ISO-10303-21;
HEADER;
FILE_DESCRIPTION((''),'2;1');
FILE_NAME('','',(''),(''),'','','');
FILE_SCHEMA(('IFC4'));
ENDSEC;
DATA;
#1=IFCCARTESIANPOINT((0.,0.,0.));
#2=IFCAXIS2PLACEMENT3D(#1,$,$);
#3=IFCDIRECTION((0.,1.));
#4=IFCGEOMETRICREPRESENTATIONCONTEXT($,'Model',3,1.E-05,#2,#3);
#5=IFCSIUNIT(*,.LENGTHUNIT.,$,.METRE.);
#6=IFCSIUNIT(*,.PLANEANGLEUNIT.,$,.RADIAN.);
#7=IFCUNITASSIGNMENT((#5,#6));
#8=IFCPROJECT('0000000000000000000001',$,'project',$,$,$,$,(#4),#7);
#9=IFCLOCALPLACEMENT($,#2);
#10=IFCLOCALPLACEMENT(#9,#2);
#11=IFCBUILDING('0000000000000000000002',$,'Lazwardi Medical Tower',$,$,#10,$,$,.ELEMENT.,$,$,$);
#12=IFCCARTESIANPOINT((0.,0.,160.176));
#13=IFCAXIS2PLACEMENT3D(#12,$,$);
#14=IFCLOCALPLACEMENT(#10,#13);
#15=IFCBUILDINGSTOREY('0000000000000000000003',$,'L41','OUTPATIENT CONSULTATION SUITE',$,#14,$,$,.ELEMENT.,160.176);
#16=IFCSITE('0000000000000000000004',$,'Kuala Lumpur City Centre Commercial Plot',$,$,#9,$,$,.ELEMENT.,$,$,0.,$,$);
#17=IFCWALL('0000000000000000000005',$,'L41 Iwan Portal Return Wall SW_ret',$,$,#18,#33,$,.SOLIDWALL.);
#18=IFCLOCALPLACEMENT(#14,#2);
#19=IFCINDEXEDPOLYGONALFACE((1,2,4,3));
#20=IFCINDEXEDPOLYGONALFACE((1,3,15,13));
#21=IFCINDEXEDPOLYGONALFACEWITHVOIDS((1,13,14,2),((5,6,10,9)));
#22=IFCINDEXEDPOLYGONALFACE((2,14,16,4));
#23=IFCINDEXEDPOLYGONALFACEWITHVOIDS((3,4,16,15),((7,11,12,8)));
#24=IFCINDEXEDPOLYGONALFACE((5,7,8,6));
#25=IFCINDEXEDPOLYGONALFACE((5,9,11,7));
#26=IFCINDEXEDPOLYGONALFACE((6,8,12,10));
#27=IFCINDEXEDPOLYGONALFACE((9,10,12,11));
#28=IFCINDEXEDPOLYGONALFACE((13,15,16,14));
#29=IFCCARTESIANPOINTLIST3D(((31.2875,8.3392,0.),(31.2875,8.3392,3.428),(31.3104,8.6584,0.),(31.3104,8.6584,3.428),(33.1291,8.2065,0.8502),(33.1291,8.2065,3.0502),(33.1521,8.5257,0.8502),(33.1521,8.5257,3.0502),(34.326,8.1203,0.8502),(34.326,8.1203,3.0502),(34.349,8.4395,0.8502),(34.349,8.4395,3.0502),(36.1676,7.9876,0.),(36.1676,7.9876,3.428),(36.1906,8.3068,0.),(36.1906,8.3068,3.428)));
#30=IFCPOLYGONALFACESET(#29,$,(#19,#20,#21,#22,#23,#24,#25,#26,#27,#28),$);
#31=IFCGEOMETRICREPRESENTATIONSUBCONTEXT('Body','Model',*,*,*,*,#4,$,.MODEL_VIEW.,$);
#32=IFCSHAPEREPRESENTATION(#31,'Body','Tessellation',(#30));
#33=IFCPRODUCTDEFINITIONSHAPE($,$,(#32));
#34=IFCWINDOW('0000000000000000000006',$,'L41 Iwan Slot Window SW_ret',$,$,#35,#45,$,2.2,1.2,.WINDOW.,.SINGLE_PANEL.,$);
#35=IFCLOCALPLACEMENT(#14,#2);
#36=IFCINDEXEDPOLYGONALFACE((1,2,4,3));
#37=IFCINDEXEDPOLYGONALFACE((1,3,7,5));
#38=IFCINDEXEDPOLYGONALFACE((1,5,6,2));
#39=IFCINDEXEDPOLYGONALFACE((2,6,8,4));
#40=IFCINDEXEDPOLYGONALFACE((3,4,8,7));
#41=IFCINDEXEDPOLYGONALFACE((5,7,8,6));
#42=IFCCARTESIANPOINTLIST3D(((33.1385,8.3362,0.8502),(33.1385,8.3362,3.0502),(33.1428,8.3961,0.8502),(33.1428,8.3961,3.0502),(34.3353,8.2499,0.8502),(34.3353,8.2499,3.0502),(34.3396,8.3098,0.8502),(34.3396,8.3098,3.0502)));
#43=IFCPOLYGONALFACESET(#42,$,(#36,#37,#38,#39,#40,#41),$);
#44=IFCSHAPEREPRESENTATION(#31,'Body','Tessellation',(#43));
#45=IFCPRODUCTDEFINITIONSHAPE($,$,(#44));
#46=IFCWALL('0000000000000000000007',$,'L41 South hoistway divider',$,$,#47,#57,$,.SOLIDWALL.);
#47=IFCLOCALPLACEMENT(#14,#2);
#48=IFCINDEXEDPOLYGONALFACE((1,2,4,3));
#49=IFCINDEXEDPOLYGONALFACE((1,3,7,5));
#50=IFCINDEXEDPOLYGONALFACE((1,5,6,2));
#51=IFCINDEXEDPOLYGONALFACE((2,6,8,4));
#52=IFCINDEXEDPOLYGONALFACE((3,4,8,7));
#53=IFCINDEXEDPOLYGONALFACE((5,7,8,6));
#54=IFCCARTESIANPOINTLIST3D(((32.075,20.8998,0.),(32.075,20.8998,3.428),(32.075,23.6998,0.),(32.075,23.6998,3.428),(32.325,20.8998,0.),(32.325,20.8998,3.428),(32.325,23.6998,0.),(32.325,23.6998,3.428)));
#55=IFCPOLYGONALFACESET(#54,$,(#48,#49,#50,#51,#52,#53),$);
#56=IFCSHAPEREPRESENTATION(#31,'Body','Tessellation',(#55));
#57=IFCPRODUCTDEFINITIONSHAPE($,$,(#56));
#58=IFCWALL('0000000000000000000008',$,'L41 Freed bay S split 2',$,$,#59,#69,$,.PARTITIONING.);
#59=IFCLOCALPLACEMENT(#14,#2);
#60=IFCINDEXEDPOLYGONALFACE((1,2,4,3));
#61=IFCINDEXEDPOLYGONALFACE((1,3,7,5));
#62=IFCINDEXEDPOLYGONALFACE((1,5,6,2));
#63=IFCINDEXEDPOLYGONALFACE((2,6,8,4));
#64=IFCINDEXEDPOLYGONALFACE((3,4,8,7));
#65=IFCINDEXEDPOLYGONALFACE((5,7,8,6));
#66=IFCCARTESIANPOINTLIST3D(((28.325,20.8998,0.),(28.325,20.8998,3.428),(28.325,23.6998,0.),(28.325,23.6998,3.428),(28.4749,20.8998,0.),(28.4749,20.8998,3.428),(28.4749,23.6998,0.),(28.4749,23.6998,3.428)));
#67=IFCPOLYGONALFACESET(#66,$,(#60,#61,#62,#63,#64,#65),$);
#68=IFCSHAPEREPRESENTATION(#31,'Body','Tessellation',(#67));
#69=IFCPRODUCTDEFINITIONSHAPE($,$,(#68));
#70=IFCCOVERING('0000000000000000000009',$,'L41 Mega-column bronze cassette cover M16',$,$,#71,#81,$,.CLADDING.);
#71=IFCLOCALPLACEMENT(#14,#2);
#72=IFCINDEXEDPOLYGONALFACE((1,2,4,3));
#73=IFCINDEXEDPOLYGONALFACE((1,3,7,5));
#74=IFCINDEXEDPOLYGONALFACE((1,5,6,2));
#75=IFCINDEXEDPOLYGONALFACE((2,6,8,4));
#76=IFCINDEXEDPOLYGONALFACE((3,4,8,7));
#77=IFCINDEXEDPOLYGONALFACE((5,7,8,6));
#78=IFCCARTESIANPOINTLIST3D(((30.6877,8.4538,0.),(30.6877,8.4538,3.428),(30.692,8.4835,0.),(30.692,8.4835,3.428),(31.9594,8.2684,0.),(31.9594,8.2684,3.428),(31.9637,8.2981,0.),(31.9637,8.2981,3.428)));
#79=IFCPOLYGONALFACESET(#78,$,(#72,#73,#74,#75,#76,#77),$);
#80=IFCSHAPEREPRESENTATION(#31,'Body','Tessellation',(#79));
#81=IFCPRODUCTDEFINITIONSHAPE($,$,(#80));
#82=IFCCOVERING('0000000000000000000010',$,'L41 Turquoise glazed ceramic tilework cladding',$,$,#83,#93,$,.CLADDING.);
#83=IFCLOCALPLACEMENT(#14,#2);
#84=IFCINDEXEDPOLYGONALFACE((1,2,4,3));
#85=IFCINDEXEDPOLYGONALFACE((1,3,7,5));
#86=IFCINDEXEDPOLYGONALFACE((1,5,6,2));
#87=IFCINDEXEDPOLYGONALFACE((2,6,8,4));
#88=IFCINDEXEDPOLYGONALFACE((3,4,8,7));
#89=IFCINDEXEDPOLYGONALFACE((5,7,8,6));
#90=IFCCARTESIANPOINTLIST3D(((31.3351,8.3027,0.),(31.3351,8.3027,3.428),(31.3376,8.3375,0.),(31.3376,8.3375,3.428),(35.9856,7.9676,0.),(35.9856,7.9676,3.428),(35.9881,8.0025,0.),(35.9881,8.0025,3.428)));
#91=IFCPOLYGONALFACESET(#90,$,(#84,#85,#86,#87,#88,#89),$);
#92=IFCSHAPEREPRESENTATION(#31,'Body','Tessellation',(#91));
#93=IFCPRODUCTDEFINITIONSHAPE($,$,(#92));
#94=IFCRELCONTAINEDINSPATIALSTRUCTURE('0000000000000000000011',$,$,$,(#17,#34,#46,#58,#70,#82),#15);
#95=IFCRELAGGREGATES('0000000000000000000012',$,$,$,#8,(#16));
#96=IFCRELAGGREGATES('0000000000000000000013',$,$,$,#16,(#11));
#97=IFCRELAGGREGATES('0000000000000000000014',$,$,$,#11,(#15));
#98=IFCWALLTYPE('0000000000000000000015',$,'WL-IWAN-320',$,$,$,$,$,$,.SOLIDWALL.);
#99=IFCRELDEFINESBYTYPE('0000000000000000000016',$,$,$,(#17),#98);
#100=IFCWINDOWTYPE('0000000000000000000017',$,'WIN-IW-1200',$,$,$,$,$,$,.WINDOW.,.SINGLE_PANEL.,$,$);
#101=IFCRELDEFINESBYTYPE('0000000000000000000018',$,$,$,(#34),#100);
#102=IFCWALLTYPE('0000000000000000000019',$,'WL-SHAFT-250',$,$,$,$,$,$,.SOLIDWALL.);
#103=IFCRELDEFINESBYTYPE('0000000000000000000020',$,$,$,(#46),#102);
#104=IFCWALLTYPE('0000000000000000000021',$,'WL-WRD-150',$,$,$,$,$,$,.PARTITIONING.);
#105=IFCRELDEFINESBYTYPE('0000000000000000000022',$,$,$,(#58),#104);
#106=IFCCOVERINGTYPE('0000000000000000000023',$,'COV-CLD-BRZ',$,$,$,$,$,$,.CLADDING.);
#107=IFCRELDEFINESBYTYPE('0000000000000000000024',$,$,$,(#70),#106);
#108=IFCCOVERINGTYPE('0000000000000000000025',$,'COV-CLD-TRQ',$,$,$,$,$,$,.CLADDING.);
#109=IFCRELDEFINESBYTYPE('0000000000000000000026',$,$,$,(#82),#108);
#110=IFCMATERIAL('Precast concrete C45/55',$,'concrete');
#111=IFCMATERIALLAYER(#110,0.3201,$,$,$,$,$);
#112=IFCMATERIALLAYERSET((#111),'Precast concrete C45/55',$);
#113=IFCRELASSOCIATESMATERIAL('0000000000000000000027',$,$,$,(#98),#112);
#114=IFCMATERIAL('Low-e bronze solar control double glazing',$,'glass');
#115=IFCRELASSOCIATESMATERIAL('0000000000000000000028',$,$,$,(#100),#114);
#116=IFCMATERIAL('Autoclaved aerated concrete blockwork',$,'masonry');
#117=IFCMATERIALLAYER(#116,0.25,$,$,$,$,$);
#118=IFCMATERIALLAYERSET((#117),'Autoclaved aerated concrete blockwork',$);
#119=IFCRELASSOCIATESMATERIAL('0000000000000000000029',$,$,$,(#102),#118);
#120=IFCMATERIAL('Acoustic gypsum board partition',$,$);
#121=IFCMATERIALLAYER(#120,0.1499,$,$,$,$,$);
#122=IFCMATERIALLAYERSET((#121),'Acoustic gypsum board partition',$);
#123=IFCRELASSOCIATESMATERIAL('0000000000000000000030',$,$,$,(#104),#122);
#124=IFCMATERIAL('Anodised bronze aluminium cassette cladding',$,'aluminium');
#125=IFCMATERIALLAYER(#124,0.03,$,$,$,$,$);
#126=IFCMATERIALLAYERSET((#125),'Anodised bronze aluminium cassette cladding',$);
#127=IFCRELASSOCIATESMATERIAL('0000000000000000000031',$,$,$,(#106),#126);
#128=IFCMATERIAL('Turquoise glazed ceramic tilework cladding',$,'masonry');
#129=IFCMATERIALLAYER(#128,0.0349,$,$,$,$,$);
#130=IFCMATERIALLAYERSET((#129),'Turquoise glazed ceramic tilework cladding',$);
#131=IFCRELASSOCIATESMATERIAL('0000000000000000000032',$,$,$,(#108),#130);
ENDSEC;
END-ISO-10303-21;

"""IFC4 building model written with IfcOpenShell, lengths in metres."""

from ifc_helpers import new_model, si_unit, direction, frame, frame_2d, origin, origin_2d, place, context, subcontext, project, spatial, rectangle, extrude, material, layer, layer_set, type_object, element, fill, save


model = new_model("IFC4")

# Units and contexts
model_context = context("Model", 3, precision=1e-05, world=origin(), true_north=direction((0.0, 1.0)))
body_context = subcontext(model_context, "Body", "Model", "MODEL_VIEW")
ifc_project = project(units=[si_unit("LENGTHUNIT", "METRE"), si_unit("PLANEANGLEUNIT", "RADIAN")], contexts=[model_context])

# Site, building, storey
site_placement = place(None, origin())
site = spatial("IfcSite", under=ifc_project, at=site_placement, Name="Kuala Lumpur City Centre Commercial Plot", CompositionType="ELEMENT", RefElevation=0.0)
building_placement = place(site_placement, origin())
building = spatial("IfcBuilding", under=site, at=building_placement, Name="Lazwardi Medical Tower", CompositionType="ELEMENT")
storey_placement = place(building_placement, frame((0.0, 0.0, 160.176)))
storey = spatial("IfcBuildingStorey", under=building, at=storey_placement, Name="L41", Description="OUTPATIENT CONSULTATION SUITE", CompositionType="ELEMENT", Elevation=160.176)

# Shared definitions
ifc_material_1 = material(Name="Low-e bronze solar control double glazing", Category="glass")

# Wall, opening, window
ifc_material_2 = material(Name="Precast concrete C45/55", Category="concrete")
ifc_layer_1 = layer(ifc_material_2, 0.3201)
ifc_layer_set_1 = layer_set([ifc_layer_1], Name="Precast concrete C45/55")
wall_type_1 = type_object("IfcWallType", Name="WL-IWAN-320", PredefinedType="SOLIDWALL", material=ifc_layer_set_1)
wall_1_placement = place(storey_placement, frame((31.2991, 8.4988, 0.0), z_axis=(0.0, 0.0, 1.0), x_axis=(0.997415, -0.071853, 0.0)))
wall_1 = element("IfcWall", 1, at=wall_1_placement, inside=storey, type_object=wall_type_1, Name="L41 Iwan Portal Return Wall SW_ret", PredefinedType="SOLIDWALL", context=body_context, shape_type="SweptSolid", body=[
    extrude(rectangle(XDim=4.8928, YDim=0.3201, at=frame_2d((2.4463, 0.0))), origin(), (0.0, 0.0, 1.0), 3.428),
])
opening_1_placement = place(wall_1_placement, frame((1.8462, 0.0, 0.8501)))
opening_1 = element("IfcOpeningElement", 2, at=opening_1_placement, cuts=wall_1, PredefinedType="OPENING", context=body_context, shape_type="SweptSolid", body=[
    extrude(rectangle(XDim=1.2, YDim=2.2, at=frame_2d((0.6001, 1.1001))), frame((0.0, 0.1699, 0.0), z_axis=(0.0, -1.0, 0.0), x_axis=(1.0, 0.0, 0.0)), (0.0, 0.0, 1.0), 0.3401),
])
window_type = type_object("IfcWindowType", Name="WIN-IW-1200", PartitioningType="SINGLE_PANEL", PredefinedType="WINDOW", material=ifc_material_1)
window_placement = place(opening_1_placement, origin())
window = element("IfcWindow", 3, at=window_placement, inside=storey, type_object=window_type, Name="L41 Iwan Slot Window SW_ret", OverallHeight=2.2, OverallWidth=1.2, PartitioningType="SINGLE_PANEL", PredefinedType="WINDOW", context=body_context, shape_type="SweptSolid", body=[
    extrude(rectangle(XDim=1.2, YDim=2.2, at=frame_2d((0.6001, 1.1001))), frame((0.0, 0.03, 0.0), z_axis=(0.0, -1.0, 0.0), x_axis=(1.0, 0.0, 0.0)), (0.0, 0.0, 1.0), 0.0601),
])
fill(opening_1, window)

# Walls
ifc_material_3 = material(Name="Autoclaved aerated concrete blockwork", Category="masonry")
ifc_layer_2 = layer(ifc_material_3, 0.25)
ifc_layer_set_2 = layer_set([ifc_layer_2], Name="Autoclaved aerated concrete blockwork")
wall_type_2 = type_object("IfcWallType", Name="WL-SHAFT-250", PredefinedType="SOLIDWALL", material=ifc_layer_set_2)
wall_2_placement = place(storey_placement, frame((32.2, 20.8999, 0.0), z_axis=(0.0, 0.0, 1.0), x_axis=(0.0, 1.0, 0.0)))
element("IfcWall", 4, at=wall_2_placement, inside=storey, type_object=wall_type_2, Name="L41 South hoistway divider", PredefinedType="SOLIDWALL", context=body_context, shape_type="SweptSolid", body=[
    extrude(rectangle(XDim=2.8, YDim=0.25, at=frame_2d((1.3999, 0.0))), origin(), (0.0, 0.0, 1.0), 3.428),
])
ifc_material_4 = material(Name="Acoustic gypsum board partition")
ifc_layer_3 = layer(ifc_material_4, 0.1499)
ifc_layer_set_3 = layer_set([ifc_layer_3], Name="Acoustic gypsum board partition")
wall_type_3 = type_object("IfcWallType", Name="WL-WRD-150", PredefinedType="PARTITIONING", material=ifc_layer_set_3)
wall_3_placement = place(storey_placement, frame((28.3999, 20.8999, 0.0), z_axis=(0.0, 0.0, 1.0), x_axis=(0.0, 1.0, 0.0)))
element("IfcWall", 5, at=wall_3_placement, inside=storey, type_object=wall_type_3, Name="L41 Freed bay S split 2", PredefinedType="PARTITIONING", context=body_context, shape_type="SweptSolid", body=[
    extrude(rectangle(XDim=2.8, YDim=0.1499, at=frame_2d((1.3999, 0.0))), origin(), (0.0, 0.0, 1.0), 3.428),
])

# Coverings
ifc_material_5 = material(Name="Anodised bronze aluminium cassette cladding", Category="aluminium")
ifc_layer_4 = layer(ifc_material_5, 0.03)
ifc_layer_set_4 = layer_set([ifc_layer_4], Name="Anodised bronze aluminium cassette cladding")
covering_type_1 = type_object("IfcCoveringType", Name="COV-CLD-BRZ", PredefinedType="CLADDING", material=ifc_layer_set_4)
covering_1_placement = place(storey_placement, frame((31.3257, 8.376, 0.0), z_axis=(0.0, 0.0, 1.0), x_axis=(0.989539, -0.144265, 0.0)))
element("IfcCovering", 6, at=covering_1_placement, inside=storey, type_object=covering_type_1, Name="L41 Mega-column bronze cassette cover M16", PredefinedType="CLADDING", context=body_context, shape_type="SweptSolid", body=[
    extrude(rectangle(XDim=1.2852, YDim=0.03, at=origin_2d()), origin(), (0.0, 0.0, 1.0), 3.428),
])
ifc_material_6 = material(Name="Turquoise glazed ceramic tilework cladding", Category="masonry")
ifc_layer_5 = layer(ifc_material_6, 0.0349)
ifc_layer_set_5 = layer_set([ifc_layer_5], Name="Turquoise glazed ceramic tilework cladding")
covering_type_2 = type_object("IfcCoveringType", Name="COV-CLD-TRQ", PredefinedType="CLADDING", material=ifc_layer_set_5)
covering_2_placement = place(storey_placement, frame((33.6616, 8.1526, 0.0), z_axis=(0.0, 0.0, 1.0), x_axis=(0.997414, -0.071868, 0.0)))
element("IfcCovering", 7, at=covering_2_placement, inside=storey, type_object=covering_type_2, Name="L41 Turquoise glazed ceramic tilework cladding", PredefinedType="CLADDING", context=body_context, shape_type="SweptSolid", body=[
    extrude(rectangle(XDim=4.6626, YDim=0.0349, at=origin_2d()), origin(), (0.0, 0.0, 1.0), 3.428),
])

save(model, "model.ifc")
